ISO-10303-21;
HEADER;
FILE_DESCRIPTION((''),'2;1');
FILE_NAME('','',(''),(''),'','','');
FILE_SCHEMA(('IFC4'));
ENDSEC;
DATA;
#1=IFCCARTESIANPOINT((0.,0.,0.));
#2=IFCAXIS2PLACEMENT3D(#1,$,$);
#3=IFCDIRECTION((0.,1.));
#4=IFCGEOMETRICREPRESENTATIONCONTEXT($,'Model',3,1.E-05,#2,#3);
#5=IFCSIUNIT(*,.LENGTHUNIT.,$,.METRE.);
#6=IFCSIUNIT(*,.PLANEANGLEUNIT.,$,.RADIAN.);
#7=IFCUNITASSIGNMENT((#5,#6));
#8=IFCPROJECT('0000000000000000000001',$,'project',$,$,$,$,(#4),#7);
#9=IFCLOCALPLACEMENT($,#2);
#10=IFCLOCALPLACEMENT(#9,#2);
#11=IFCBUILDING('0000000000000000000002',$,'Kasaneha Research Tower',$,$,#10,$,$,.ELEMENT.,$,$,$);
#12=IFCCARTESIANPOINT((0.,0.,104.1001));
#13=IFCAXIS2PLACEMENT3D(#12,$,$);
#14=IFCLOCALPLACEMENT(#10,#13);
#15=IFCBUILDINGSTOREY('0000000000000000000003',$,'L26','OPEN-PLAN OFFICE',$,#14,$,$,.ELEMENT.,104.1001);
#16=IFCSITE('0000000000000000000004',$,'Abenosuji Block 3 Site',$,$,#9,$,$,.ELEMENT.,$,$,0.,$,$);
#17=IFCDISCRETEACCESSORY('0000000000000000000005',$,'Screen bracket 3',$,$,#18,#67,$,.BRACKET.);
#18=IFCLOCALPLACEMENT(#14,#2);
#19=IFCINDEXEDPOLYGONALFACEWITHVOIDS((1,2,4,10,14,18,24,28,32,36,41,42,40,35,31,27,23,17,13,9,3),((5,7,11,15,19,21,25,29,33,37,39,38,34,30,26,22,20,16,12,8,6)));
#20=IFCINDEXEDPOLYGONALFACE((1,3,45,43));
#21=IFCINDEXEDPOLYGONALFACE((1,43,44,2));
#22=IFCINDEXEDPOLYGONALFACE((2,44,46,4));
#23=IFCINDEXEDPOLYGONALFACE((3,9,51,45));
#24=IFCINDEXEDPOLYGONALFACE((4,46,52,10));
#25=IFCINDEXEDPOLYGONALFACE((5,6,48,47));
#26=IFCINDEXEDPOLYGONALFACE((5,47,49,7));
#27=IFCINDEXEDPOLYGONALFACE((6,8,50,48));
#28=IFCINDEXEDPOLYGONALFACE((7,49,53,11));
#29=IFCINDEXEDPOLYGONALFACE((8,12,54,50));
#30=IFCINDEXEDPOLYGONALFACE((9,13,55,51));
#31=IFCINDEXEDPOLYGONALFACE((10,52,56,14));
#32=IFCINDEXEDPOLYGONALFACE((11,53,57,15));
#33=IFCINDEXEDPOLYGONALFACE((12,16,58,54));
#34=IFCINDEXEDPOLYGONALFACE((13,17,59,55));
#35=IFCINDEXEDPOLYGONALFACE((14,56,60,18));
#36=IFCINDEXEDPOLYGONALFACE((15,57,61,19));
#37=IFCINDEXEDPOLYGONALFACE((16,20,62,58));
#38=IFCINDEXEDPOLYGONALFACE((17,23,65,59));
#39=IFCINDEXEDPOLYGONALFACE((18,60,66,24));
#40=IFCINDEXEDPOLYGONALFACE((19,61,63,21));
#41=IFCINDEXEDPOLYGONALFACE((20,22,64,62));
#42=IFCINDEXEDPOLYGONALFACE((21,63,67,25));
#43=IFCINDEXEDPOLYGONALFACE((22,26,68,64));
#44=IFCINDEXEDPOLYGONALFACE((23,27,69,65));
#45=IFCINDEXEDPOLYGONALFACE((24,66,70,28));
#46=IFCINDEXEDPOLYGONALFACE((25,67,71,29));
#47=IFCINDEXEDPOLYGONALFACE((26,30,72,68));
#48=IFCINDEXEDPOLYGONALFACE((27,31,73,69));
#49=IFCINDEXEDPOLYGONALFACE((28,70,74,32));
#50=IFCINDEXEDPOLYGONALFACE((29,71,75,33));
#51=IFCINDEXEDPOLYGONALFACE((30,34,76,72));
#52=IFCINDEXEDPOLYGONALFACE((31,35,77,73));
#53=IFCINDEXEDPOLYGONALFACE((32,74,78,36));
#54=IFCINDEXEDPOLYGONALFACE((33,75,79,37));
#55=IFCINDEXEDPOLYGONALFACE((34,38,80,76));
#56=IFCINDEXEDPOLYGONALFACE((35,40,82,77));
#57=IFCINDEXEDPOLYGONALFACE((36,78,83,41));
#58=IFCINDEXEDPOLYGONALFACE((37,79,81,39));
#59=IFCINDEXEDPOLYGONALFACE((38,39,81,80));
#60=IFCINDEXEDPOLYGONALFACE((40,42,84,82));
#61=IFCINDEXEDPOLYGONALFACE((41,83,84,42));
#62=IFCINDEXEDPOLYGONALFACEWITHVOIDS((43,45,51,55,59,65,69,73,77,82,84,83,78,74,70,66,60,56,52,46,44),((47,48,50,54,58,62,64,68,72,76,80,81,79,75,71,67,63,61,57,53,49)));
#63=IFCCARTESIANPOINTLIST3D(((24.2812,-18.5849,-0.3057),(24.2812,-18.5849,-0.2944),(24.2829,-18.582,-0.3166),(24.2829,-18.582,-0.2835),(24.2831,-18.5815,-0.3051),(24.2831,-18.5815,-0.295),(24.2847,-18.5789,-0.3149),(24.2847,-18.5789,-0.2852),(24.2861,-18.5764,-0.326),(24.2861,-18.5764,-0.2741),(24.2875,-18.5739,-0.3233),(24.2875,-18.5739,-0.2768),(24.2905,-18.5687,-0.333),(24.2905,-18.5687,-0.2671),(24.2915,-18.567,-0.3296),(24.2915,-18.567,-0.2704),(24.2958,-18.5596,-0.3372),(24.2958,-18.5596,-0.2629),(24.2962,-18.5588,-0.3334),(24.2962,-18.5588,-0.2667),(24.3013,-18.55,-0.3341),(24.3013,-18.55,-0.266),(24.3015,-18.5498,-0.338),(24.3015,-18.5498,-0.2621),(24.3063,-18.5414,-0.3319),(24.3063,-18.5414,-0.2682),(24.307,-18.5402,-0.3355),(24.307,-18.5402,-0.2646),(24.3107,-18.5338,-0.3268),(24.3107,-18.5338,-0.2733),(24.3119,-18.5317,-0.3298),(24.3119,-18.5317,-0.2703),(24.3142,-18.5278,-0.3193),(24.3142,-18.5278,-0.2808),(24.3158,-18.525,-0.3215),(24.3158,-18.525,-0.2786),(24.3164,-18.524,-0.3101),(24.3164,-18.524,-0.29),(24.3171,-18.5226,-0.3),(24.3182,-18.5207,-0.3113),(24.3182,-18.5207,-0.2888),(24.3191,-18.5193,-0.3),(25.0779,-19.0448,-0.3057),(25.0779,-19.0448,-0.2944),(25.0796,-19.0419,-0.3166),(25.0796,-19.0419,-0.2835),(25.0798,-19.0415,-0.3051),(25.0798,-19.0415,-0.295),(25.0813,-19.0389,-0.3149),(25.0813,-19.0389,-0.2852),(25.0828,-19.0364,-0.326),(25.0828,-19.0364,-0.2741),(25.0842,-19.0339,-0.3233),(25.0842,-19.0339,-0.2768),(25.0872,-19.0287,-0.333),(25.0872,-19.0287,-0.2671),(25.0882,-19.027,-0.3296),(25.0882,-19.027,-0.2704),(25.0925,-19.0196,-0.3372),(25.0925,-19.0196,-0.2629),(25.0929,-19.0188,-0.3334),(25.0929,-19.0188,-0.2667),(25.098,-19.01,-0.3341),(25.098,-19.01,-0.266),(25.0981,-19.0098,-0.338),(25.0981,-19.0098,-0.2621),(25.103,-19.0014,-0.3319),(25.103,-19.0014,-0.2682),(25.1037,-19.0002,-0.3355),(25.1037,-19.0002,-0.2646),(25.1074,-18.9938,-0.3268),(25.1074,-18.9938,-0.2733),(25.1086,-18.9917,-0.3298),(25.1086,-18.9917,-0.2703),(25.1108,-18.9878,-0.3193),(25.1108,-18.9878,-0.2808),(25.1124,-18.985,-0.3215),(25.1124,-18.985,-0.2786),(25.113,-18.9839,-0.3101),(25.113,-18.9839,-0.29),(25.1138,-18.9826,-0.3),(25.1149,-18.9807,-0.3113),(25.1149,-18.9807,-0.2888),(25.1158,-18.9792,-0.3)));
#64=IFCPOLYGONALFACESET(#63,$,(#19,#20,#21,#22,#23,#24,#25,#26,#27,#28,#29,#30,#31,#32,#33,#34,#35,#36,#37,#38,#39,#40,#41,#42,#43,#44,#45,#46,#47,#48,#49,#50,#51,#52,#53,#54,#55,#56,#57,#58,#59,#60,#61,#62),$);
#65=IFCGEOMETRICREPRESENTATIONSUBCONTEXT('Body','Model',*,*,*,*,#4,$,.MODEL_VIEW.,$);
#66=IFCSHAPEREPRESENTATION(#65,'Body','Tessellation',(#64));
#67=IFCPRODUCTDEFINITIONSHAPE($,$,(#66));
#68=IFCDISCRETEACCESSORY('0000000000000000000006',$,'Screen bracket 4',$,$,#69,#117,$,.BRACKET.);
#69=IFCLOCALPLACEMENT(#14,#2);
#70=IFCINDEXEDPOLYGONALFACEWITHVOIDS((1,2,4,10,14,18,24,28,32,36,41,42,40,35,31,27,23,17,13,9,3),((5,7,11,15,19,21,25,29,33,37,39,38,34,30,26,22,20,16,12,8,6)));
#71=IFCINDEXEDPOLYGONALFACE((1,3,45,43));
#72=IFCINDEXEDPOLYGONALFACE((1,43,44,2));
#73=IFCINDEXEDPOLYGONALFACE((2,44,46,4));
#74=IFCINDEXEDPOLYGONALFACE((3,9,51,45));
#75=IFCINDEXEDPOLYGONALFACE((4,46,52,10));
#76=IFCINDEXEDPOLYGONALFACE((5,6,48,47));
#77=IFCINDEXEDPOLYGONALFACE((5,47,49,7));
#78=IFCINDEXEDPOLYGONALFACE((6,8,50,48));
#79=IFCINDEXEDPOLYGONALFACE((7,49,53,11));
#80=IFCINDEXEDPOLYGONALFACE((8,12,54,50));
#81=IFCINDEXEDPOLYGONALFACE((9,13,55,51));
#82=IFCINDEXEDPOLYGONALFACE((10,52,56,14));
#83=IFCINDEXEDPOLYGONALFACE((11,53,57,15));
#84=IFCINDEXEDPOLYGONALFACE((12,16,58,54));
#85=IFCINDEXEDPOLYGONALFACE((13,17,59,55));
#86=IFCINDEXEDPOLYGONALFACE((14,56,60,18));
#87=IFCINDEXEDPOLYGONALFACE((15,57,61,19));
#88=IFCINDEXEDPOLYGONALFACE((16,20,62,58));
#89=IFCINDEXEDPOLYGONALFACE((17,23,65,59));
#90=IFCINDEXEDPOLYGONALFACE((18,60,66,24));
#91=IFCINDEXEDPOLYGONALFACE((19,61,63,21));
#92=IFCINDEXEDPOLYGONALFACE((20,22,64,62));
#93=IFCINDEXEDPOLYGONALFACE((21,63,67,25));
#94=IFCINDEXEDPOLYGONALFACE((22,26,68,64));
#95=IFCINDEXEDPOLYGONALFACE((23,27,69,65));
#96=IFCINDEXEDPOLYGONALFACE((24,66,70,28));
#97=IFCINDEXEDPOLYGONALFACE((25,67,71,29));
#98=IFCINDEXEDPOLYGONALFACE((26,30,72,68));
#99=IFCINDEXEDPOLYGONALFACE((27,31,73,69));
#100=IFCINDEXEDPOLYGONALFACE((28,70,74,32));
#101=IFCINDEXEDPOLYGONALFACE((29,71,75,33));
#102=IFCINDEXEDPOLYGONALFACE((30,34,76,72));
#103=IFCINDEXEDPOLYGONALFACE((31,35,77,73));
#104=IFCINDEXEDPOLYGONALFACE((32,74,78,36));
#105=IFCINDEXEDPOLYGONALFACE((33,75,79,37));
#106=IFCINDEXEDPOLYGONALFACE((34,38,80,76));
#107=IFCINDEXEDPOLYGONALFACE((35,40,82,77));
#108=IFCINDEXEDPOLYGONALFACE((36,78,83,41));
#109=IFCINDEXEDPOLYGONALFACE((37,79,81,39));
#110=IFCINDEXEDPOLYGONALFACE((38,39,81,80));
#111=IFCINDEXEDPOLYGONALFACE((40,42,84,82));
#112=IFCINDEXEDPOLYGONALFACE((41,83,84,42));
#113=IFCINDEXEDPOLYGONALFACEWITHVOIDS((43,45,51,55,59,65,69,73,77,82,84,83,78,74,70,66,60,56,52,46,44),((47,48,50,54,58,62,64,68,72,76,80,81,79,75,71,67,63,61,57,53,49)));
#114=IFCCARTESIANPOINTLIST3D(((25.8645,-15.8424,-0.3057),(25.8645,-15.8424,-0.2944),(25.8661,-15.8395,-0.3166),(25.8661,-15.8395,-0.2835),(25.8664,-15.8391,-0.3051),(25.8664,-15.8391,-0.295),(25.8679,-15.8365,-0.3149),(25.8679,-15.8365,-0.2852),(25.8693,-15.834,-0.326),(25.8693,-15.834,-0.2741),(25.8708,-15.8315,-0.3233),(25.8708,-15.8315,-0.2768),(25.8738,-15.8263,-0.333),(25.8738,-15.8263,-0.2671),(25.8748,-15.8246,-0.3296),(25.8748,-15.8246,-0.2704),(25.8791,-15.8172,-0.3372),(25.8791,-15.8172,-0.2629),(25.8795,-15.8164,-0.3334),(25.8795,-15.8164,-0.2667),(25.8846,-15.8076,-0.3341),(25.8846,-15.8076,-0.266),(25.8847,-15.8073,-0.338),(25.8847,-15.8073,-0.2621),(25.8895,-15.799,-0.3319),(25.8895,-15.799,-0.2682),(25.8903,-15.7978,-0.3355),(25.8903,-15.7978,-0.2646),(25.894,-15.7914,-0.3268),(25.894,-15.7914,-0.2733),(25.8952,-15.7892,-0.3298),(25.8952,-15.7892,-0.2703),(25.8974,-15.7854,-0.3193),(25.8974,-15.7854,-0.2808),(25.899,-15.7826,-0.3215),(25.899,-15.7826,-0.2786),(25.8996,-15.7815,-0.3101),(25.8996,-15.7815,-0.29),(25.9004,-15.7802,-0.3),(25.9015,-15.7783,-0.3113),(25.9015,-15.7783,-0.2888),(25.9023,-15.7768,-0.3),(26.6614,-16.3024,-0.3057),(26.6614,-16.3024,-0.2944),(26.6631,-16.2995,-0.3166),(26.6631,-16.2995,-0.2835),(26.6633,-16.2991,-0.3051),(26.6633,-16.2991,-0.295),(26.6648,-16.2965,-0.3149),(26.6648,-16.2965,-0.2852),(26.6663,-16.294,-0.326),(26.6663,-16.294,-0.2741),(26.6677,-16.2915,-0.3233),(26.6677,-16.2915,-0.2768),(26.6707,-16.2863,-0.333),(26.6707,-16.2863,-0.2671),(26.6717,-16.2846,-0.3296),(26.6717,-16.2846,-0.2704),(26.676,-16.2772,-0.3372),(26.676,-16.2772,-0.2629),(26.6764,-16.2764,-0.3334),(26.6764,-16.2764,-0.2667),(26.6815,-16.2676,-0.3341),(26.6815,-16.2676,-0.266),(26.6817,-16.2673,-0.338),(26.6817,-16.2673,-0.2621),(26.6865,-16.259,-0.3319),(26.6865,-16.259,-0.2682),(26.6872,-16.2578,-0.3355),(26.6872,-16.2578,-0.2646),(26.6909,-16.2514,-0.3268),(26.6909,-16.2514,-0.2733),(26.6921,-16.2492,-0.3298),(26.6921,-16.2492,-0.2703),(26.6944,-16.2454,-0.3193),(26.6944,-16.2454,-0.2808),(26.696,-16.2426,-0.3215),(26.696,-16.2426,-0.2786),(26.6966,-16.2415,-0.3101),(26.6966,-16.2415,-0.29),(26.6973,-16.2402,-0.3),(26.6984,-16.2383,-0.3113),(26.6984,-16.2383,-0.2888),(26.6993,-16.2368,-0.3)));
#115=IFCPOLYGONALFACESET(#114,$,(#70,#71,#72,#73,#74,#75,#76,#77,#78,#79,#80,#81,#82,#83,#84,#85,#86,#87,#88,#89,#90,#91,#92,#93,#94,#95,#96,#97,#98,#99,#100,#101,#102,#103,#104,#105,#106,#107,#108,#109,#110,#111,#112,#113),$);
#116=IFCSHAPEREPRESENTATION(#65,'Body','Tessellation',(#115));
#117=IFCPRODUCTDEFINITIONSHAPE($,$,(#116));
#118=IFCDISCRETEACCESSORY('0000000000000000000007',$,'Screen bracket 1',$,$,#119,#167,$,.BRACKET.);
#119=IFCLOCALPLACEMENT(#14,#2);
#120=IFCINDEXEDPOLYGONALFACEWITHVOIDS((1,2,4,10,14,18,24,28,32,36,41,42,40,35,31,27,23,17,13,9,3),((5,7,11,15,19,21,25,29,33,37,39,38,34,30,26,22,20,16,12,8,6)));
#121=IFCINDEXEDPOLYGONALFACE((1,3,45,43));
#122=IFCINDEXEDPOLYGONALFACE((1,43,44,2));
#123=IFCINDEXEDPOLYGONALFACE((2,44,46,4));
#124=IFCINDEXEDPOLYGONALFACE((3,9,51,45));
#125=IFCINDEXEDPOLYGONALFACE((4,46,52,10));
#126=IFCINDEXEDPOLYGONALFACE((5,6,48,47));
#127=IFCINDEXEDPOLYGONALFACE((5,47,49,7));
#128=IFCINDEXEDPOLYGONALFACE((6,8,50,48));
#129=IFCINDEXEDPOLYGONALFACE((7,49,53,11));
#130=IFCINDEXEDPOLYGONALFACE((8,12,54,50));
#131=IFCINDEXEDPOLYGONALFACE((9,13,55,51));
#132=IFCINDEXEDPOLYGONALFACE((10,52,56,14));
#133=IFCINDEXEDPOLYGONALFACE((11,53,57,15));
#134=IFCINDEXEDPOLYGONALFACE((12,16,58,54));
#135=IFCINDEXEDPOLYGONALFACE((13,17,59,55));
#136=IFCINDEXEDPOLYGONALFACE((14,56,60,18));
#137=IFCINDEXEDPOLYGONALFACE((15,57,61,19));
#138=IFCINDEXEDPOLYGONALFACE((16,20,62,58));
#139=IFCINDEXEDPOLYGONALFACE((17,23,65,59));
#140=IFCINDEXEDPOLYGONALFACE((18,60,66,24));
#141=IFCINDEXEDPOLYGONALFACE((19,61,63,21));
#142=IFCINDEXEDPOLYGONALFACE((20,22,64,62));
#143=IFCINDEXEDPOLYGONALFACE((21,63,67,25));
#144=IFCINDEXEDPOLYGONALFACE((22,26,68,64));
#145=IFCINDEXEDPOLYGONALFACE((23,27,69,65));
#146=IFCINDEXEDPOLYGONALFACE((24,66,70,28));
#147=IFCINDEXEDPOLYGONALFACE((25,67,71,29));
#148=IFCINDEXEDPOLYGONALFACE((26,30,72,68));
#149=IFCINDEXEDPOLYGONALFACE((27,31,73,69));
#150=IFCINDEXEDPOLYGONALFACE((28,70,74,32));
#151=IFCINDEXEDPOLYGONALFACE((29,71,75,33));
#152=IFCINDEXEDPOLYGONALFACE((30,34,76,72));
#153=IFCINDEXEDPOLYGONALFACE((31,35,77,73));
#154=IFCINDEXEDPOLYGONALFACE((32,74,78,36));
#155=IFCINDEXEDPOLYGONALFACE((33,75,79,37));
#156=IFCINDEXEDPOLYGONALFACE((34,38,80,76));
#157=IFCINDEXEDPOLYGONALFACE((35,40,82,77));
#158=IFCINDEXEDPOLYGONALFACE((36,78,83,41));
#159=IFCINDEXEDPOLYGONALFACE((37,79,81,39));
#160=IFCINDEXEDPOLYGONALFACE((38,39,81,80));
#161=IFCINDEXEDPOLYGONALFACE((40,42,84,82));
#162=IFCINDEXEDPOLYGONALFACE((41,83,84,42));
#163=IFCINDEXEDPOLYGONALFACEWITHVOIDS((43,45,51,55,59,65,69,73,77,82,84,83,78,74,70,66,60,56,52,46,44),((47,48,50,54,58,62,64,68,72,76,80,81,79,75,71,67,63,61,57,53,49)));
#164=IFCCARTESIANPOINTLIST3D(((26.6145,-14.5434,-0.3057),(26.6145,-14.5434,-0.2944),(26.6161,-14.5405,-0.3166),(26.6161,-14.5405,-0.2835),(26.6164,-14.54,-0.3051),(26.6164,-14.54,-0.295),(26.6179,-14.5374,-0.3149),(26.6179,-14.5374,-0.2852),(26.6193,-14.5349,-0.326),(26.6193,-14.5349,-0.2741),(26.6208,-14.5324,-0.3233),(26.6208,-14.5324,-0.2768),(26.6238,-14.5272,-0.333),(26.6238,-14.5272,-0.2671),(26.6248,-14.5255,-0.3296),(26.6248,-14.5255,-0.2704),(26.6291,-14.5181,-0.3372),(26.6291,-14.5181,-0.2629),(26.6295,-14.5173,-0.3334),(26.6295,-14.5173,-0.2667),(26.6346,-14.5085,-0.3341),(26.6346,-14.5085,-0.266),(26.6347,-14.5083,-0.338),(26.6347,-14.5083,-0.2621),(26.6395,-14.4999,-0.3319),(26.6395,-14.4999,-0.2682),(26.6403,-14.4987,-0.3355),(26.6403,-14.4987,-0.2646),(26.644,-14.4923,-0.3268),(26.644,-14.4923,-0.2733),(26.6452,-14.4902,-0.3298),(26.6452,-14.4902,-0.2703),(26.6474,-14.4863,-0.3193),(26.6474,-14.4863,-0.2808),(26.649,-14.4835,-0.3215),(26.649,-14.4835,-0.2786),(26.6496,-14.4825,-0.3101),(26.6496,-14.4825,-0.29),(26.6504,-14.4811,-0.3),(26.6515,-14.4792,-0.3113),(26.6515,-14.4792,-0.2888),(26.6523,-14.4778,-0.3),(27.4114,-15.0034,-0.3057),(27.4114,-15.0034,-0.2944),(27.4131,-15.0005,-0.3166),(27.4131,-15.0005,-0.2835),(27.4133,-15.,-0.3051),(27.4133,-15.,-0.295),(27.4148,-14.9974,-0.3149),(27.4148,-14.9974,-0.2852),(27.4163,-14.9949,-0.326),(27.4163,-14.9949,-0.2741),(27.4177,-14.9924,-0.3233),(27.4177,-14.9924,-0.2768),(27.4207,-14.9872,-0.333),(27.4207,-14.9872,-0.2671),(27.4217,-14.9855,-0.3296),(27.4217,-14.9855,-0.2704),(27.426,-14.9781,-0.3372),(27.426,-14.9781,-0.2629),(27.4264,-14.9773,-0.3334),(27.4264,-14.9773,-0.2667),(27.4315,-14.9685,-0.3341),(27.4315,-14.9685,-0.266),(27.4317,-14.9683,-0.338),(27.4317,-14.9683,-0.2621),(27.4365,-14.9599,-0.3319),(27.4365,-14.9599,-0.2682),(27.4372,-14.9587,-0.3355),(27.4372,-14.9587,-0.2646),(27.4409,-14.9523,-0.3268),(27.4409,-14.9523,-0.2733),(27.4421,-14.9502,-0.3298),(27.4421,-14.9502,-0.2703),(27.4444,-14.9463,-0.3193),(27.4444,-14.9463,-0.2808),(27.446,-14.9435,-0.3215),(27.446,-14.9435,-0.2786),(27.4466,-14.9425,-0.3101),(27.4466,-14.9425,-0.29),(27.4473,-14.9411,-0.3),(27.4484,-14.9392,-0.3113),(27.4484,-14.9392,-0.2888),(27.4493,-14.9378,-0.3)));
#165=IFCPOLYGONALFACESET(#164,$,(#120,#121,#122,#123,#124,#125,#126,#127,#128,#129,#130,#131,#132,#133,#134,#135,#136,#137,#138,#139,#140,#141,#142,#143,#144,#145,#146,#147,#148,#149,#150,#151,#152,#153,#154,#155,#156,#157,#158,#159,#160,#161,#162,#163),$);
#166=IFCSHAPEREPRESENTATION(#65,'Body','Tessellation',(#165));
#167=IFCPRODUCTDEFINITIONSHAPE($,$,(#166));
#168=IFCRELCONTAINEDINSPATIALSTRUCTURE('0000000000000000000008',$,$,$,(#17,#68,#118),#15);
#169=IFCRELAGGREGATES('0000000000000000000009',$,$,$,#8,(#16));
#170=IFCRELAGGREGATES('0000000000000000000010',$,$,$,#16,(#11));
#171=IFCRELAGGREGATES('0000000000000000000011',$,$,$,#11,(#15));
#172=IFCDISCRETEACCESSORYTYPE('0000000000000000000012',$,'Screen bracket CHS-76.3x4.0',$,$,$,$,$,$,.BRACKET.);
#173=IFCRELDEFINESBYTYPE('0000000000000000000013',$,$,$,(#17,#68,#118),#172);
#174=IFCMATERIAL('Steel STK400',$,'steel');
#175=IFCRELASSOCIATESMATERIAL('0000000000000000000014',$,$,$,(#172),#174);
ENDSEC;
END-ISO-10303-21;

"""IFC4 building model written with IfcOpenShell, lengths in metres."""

from ifc_helpers import new_model, si_unit, direction, frame, origin, origin_2d, place, context, subcontext, project, spatial, hollow_circle, extrude, material, material_profile, profile_set, type_object, element, save


model = new_model("IFC4")

# Units and contexts
model_context = context("Model", 3, precision=1e-05, world=origin(), true_north=direction((0.0, 1.0)))
body_context = subcontext(model_context, "Body", "Model", "MODEL_VIEW")
ifc_project = project(units=[si_unit("LENGTHUNIT", "METRE"), si_unit("PLANEANGLEUNIT", "RADIAN")], contexts=[model_context])

# Site, building, storey
site_placement = place(None, origin())
site = spatial("IfcSite", under=ifc_project, at=site_placement, Name="Abenosuji Block 3 Site", CompositionType="ELEMENT", RefElevation=0.0)
building_placement = place(site_placement, origin())
building = spatial("IfcBuilding", under=site, at=building_placement, Name="Kasaneha Research Tower", CompositionType="ELEMENT")
storey_placement = place(building_placement, frame((0.0, 0.0, 104.1001)))
storey = spatial("IfcBuildingStorey", under=building, at=storey_placement, Name="L26", Description="OPEN-PLAN OFFICE", CompositionType="ELEMENT", Elevation=104.1001)

# Discrete accessories
ifc_material_1 = material(Name="Steel STK400", Category="steel")
ifc_material_profile_1 = material_profile(ifc_material_1, hollow_circle(Radius=0.0381, WallThickness=0.0039, at=origin_2d()), Name="CHS-76.3x4.0")
ifc_profile_set_1 = profile_set([ifc_material_profile_1], Name="Steel STK400")
discrete_accessory_type = type_object("IfcDiscreteAccessoryType", Name="Screen bracket CHS-76.3x4.0", PredefinedType="BRACKET", material=ifc_profile_set_1)
discrete_accessory_1_placement = place(storey_placement, frame((24.3, -18.5522, -0.3), z_axis=(0.866013, -0.500021, 0.0), x_axis=(0.500021, 0.866013, 0.0)))
element("IfcDiscreteAccessory", 1, at=discrete_accessory_1_placement, inside=storey, type_object=discrete_accessory_type, Name="Screen bracket 3", PredefinedType="BRACKET", context=body_context, shape_type="SweptSolid", body=[
    extrude(hollow_circle(Radius=0.0381, WallThickness=0.0039, at=origin_2d()), origin(), (0.0, 0.0, 1.0), 0.9199),
])
for number, where, z_axis, x_axis, name in (
    (2, (25.8833, -15.8098, -0.3), (0.86608, -0.499906, 0.0), (0.499906, 0.86608, 0.0), "Screen bracket 4"),
    (3, (26.6333, -14.5107, -0.3), (0.86608, -0.499906, 0.0), (0.499906, 0.86608, 0.0), "Screen bracket 1"),
):
    element("IfcDiscreteAccessory", number, at=place(storey_placement, frame(where, z_axis=z_axis, x_axis=x_axis)), inside=storey, type_object=discrete_accessory_type, Name=name, PredefinedType="BRACKET", context=body_context, shape_type="SweptSolid", body=[
        extrude(hollow_circle(Radius=0.0381, WallThickness=0.0039, at=origin_2d()), origin(), (0.0, 0.0, 1.0), 0.9202),
    ])

save(model, "model.ifc")
